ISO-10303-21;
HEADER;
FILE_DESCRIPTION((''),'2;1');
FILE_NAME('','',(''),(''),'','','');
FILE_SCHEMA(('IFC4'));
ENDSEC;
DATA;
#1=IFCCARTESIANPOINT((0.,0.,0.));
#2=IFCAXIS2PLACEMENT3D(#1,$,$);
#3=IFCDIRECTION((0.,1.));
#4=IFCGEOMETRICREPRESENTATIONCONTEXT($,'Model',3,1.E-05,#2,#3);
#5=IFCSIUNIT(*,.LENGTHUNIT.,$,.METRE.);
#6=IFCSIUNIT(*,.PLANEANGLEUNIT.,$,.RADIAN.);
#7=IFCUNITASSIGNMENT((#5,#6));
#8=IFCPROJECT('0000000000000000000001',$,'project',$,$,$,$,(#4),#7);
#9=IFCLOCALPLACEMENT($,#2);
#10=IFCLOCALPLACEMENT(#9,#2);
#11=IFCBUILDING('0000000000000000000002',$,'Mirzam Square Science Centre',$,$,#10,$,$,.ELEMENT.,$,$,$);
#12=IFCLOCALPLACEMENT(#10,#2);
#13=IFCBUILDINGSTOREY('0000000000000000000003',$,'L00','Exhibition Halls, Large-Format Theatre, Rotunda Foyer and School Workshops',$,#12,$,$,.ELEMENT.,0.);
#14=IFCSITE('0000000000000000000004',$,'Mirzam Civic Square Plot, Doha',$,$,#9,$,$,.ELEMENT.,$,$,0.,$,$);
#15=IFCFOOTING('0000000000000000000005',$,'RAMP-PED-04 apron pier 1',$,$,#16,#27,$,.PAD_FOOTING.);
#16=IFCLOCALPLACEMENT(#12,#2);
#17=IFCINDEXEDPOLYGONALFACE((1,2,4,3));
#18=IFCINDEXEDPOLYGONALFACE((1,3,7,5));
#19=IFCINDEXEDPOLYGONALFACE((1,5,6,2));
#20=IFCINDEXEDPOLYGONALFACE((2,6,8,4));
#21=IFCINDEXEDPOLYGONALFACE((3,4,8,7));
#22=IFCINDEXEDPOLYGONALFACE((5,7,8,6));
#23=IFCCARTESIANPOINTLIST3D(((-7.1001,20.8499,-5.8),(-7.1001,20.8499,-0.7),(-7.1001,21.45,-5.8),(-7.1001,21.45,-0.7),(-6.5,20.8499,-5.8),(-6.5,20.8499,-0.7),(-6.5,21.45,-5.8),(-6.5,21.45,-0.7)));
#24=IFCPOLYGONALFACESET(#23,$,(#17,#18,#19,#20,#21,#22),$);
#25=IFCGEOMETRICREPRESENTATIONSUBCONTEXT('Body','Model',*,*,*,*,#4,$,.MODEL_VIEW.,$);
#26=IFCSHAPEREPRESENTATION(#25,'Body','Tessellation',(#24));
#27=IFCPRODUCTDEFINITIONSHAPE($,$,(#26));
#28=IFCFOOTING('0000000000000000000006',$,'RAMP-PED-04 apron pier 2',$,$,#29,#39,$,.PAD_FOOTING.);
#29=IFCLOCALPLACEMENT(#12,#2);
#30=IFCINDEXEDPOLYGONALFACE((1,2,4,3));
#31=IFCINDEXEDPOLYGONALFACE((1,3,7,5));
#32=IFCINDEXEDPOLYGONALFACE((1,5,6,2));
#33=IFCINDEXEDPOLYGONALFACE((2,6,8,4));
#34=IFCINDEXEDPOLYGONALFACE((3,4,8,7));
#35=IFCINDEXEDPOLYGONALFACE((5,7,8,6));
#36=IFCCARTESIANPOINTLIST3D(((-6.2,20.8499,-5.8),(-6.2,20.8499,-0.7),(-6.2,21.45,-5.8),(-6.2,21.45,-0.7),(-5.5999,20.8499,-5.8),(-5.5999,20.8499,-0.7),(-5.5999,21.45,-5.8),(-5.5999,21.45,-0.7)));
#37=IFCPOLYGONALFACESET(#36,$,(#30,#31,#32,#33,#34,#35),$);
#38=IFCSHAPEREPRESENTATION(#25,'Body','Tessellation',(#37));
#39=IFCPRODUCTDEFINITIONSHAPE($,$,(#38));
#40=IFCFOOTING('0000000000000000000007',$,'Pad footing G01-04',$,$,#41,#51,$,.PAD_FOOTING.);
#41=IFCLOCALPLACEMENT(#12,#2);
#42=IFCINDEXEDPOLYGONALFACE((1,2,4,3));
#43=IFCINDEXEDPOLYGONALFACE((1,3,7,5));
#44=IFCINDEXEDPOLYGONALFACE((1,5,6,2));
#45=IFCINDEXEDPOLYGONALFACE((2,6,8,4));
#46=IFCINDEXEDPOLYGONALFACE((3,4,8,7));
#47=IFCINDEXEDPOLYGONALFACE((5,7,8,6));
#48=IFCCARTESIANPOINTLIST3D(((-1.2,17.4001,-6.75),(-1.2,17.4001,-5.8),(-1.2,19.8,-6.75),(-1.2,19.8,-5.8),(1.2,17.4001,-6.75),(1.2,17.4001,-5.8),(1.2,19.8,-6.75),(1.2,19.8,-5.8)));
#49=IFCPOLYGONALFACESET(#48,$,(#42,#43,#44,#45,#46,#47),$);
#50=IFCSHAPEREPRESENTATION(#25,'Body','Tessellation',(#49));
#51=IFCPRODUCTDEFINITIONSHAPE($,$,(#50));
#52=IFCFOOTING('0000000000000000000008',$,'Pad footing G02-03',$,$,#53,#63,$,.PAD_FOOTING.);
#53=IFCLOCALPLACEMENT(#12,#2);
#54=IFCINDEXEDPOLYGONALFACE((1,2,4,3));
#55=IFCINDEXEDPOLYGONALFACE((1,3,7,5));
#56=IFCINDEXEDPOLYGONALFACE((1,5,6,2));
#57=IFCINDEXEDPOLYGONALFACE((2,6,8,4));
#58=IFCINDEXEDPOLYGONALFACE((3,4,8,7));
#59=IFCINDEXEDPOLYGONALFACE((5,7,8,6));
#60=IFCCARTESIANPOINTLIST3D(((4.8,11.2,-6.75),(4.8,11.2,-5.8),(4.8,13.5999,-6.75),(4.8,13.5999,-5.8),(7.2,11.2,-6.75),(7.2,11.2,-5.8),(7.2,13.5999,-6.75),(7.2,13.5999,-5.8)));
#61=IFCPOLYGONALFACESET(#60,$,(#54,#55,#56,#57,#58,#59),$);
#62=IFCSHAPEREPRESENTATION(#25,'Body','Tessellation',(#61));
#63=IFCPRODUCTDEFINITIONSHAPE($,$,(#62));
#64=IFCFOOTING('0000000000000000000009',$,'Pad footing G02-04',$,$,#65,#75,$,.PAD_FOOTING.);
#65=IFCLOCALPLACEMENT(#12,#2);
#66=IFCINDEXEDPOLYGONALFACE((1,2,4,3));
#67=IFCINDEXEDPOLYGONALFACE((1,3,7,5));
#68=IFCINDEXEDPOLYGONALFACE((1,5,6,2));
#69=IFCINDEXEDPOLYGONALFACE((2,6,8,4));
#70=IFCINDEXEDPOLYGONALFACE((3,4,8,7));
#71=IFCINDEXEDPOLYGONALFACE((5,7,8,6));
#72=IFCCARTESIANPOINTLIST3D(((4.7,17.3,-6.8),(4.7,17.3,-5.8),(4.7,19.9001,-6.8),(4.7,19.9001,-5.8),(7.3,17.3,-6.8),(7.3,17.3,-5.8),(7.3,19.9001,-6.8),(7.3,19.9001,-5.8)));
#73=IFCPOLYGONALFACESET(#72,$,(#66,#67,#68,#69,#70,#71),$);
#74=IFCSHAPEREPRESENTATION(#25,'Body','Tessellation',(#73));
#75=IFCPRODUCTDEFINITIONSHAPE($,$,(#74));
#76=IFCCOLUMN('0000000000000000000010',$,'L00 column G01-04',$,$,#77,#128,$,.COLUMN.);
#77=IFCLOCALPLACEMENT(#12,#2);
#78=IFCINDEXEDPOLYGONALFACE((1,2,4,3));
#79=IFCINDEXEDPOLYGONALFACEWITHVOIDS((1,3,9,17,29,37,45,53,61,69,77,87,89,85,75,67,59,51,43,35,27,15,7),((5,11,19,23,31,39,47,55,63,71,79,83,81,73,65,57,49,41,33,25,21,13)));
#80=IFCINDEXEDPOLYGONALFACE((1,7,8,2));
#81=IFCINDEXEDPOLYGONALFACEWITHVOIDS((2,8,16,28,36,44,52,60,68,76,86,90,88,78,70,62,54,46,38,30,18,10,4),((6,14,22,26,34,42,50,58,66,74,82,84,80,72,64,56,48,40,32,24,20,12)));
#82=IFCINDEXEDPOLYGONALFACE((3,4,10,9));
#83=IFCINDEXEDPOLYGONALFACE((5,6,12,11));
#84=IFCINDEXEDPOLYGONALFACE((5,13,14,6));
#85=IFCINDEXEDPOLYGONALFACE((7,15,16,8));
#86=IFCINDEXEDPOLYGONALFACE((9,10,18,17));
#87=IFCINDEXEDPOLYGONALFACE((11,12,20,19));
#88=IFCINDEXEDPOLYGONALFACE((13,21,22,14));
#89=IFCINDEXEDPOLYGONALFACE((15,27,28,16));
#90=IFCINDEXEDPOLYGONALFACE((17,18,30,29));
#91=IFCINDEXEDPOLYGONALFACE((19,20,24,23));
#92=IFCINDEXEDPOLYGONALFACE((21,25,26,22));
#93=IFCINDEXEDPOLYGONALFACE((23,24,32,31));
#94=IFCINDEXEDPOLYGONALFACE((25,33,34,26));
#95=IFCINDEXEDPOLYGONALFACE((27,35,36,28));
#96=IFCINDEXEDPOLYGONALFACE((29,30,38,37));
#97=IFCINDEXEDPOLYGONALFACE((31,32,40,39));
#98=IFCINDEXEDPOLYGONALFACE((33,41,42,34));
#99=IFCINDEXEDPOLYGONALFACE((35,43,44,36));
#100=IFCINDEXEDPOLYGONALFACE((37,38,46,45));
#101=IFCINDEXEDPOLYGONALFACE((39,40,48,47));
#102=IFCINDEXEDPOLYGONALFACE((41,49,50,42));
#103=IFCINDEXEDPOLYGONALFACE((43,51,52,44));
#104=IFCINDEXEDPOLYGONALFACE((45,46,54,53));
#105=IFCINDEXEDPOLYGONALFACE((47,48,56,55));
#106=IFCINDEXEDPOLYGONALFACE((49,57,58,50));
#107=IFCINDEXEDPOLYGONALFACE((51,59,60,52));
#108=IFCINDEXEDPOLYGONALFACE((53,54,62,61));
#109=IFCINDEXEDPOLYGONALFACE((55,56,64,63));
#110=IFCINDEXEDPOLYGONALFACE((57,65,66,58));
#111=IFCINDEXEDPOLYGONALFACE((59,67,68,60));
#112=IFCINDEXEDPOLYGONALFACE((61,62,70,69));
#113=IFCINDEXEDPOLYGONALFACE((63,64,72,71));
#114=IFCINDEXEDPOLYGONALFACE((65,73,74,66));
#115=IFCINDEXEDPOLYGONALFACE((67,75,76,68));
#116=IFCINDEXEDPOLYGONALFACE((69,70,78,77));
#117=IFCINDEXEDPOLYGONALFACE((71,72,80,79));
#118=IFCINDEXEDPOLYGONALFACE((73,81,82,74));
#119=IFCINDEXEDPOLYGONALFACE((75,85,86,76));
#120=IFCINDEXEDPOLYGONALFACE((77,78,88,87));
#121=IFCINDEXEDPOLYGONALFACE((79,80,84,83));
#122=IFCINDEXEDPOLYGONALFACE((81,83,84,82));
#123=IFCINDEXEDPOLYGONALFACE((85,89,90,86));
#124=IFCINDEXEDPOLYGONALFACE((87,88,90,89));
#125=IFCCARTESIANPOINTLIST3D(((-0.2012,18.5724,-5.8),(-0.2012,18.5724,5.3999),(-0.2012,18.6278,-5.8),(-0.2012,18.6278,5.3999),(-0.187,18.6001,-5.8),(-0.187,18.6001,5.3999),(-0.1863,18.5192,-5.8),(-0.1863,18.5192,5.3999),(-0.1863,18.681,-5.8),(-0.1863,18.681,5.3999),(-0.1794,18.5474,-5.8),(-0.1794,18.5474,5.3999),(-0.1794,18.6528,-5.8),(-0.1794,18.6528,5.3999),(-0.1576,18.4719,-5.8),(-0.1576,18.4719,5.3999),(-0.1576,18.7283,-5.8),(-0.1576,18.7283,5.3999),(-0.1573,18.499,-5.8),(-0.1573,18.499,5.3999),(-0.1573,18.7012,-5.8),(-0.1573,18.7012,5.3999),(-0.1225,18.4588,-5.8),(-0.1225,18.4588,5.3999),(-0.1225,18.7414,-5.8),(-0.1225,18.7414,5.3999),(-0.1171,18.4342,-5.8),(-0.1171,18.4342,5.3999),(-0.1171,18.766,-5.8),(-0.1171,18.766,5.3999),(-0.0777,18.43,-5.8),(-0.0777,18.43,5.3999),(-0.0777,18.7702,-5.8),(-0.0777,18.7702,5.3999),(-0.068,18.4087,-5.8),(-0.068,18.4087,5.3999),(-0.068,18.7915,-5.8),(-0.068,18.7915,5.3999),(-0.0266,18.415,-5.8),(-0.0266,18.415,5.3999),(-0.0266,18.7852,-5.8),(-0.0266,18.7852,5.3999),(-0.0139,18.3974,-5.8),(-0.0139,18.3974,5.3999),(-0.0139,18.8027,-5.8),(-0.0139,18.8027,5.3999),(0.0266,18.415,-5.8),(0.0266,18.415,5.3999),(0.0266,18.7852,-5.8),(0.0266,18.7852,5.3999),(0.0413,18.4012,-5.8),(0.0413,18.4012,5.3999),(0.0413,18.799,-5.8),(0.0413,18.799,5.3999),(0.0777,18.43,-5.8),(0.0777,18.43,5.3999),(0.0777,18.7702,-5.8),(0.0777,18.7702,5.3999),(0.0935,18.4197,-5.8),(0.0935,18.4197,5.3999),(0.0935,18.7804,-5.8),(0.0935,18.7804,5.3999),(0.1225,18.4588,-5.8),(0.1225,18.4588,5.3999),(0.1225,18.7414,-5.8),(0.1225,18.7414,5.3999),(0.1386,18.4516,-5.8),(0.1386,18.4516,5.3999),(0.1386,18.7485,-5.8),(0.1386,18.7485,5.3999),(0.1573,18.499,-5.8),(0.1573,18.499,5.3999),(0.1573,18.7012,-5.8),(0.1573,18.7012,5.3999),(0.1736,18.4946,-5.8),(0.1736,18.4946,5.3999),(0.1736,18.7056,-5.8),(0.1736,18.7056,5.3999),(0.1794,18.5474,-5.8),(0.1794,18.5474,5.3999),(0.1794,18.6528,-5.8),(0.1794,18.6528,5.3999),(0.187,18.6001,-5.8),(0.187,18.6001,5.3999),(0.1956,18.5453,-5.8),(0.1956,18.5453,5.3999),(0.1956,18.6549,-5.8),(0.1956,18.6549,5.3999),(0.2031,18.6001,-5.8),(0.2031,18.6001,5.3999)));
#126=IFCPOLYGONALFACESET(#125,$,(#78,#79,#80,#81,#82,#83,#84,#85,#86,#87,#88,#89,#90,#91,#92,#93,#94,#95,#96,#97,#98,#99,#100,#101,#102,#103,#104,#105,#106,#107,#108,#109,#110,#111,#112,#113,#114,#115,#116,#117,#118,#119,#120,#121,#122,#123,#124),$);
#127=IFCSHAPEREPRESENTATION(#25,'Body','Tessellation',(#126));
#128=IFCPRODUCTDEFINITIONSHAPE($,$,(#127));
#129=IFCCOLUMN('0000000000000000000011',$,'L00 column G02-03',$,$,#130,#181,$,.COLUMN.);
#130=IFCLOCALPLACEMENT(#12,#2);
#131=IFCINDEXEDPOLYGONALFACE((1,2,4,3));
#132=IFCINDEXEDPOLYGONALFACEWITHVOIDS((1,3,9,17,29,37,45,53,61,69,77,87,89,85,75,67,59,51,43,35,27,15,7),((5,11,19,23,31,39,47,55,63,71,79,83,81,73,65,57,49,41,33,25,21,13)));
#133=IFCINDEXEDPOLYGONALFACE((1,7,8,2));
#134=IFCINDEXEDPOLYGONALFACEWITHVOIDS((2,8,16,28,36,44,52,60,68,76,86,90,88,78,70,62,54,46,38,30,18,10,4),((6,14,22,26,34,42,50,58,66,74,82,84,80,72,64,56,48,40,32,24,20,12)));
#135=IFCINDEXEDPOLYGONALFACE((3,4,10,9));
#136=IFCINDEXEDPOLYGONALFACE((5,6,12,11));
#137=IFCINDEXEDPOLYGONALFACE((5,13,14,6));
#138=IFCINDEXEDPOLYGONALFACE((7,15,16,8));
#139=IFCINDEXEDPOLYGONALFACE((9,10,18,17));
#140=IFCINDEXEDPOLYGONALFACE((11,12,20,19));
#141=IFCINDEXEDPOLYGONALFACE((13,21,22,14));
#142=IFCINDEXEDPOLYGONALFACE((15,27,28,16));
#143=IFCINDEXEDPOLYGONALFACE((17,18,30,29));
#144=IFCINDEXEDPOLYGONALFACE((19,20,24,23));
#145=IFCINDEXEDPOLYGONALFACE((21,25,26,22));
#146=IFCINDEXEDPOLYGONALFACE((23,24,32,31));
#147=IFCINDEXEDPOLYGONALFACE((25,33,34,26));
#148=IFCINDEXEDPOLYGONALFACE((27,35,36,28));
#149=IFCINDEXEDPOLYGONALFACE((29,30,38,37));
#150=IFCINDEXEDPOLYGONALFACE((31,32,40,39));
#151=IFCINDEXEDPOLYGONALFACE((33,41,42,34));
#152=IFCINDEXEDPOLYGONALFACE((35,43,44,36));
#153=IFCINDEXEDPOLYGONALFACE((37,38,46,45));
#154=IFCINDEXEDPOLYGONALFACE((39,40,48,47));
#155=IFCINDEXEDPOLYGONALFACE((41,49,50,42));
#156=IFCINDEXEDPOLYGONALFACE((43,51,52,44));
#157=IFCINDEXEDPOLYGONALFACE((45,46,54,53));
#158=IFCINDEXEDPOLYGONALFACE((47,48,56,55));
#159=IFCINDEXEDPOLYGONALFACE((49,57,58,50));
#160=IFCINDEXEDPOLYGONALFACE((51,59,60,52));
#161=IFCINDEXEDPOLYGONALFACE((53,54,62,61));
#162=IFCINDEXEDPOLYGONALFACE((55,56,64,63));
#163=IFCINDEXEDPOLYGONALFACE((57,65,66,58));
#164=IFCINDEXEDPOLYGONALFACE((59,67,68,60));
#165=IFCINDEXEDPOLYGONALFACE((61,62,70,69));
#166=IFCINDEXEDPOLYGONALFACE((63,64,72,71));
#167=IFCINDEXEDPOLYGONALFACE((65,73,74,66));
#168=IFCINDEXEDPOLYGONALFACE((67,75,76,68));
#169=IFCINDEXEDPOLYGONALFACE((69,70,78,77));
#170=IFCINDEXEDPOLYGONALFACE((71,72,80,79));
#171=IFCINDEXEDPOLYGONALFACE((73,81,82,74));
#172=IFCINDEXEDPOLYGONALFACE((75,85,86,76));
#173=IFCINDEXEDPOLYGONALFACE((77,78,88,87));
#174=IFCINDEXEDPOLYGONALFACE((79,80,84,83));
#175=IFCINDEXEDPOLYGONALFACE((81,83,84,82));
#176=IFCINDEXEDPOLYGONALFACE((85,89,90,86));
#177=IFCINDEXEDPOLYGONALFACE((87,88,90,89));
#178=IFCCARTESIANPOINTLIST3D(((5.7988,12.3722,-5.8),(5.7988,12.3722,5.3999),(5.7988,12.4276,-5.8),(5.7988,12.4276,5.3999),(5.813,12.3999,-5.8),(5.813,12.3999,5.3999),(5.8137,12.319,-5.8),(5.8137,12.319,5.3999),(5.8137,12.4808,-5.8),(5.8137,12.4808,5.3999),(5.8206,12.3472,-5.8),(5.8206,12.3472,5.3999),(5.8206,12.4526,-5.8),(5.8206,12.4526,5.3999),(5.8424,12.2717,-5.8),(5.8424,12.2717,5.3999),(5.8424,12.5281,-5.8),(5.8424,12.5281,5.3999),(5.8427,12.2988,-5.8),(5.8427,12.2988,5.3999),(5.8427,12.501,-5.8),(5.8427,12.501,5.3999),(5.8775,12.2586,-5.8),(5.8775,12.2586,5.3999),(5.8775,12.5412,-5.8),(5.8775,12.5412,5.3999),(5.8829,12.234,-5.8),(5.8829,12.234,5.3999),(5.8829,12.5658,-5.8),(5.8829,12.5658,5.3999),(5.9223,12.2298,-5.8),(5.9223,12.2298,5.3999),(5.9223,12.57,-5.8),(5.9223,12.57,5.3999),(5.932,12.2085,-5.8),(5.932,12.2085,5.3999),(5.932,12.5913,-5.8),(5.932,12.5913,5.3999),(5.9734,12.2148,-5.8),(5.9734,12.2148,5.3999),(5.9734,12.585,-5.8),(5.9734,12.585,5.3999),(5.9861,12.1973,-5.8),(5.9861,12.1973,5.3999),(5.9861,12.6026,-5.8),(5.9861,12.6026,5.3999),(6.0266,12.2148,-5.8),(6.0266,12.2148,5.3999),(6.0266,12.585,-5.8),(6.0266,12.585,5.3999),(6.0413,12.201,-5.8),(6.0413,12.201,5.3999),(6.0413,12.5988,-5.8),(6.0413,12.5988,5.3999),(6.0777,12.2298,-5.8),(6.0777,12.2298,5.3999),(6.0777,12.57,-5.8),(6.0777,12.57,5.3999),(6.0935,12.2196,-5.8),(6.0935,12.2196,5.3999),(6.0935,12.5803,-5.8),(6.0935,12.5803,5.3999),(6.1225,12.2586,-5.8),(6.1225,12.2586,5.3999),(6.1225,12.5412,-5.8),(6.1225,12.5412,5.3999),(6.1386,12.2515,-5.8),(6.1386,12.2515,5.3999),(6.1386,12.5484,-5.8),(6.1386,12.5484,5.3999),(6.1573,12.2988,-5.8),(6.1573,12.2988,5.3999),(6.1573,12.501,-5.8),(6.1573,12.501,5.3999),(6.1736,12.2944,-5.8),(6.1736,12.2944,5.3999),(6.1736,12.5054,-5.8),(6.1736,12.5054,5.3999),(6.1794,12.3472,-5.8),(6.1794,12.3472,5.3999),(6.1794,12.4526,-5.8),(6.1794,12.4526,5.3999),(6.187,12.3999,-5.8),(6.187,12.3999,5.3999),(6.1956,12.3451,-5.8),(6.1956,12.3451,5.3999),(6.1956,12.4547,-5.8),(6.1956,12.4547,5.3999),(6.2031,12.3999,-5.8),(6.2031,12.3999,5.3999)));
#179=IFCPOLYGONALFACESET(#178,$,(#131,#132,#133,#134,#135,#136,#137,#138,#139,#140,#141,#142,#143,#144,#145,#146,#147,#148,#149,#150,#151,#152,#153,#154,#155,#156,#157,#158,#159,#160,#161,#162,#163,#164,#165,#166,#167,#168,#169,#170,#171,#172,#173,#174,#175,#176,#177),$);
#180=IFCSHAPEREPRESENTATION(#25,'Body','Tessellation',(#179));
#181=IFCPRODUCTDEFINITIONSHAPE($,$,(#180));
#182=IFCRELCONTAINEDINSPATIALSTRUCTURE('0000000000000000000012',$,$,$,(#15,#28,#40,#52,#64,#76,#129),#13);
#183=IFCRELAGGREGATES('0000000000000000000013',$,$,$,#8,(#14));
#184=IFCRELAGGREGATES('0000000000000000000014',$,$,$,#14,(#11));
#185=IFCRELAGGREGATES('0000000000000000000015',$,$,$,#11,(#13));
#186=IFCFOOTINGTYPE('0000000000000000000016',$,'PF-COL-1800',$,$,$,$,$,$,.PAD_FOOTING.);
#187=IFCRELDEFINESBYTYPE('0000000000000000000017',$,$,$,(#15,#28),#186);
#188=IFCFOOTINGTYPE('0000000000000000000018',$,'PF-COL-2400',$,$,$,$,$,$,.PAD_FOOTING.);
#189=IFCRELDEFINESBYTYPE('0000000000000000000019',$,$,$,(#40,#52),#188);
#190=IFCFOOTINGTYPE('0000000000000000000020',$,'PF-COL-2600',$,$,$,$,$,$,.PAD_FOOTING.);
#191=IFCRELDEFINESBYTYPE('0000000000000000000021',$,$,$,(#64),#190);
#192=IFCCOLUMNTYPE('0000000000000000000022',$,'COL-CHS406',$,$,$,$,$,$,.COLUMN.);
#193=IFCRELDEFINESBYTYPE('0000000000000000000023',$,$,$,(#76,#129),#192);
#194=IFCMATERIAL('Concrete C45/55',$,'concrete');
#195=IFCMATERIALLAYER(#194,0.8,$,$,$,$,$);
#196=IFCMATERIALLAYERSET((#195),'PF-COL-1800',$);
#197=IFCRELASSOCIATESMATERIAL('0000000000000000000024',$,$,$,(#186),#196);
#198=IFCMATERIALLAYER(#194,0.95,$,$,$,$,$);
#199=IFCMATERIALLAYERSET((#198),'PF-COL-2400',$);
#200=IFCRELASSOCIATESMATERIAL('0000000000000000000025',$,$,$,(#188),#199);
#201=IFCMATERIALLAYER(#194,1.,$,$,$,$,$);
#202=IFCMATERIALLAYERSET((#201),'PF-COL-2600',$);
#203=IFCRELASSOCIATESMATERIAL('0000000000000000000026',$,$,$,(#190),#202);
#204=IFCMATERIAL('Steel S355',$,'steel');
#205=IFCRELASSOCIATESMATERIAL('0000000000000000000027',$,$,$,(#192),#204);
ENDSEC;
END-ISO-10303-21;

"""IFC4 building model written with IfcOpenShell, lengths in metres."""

from ifc_helpers import new_model, si_unit, direction, frame, origin, origin_2d, place, context, subcontext, project, spatial, rectangle, hollow_circle, extrude, material, layer, layer_set, material_profile, profile_set, type_object, element, save


model = new_model("IFC4")

# Units and contexts
model_context = context("Model", 3, precision=1e-05, world=origin(), true_north=direction((0.0, 1.0)))
body_context = subcontext(model_context, "Body", "Model", "MODEL_VIEW")
ifc_project = project(units=[si_unit("LENGTHUNIT", "METRE"), si_unit("PLANEANGLEUNIT", "RADIAN")], contexts=[model_context])

# Site, building, storey
site_placement = place(None, origin())
site = spatial("IfcSite", under=ifc_project, at=site_placement, Name="Mirzam Civic Square Plot, Doha", CompositionType="ELEMENT", RefElevation=0.0)
building_placement = place(site_placement, origin())
building = spatial("IfcBuilding", under=site, at=building_placement, Name="Mirzam Square Science Centre", CompositionType="ELEMENT")
storey_placement = place(building_placement, origin())
storey = spatial("IfcBuildingStorey", under=building, at=storey_placement, Name="L00", Description="Exhibition Halls, Large-Format Theatre, Rotunda Foyer and School Workshops", CompositionType="ELEMENT", Elevation=0.0)

# Footings
ifc_material_1 = material(Name="Concrete C45/55", Category="concrete")
ifc_layer_1 = layer(ifc_material_1, 0.8)
ifc_layer_set_1 = layer_set([ifc_layer_1], Name="PF-COL-1800")
footing_type_1 = type_object("IfcFootingType", Name="PF-COL-1800", PredefinedType="PAD_FOOTING", material=ifc_layer_set_1)
for number, where, z_axis, x_axis, name in (
    (1, (-6.8, 21.1499, -5.8), (0.0, 0.0, 1.0), (1.0, 0.0, 0.0), "RAMP-PED-04 apron pier 1"),
    (2, (-5.8999, 21.1499, -5.8), (0.0, 0.0, 1.0), (1.0, 0.0, 0.0), "RAMP-PED-04 apron pier 2"),
):
    element("IfcFooting", number, at=place(storey_placement, frame(where, z_axis=z_axis, x_axis=x_axis)), inside=storey, type_object=footing_type_1, Name=name, PredefinedType="PAD_FOOTING", context=body_context, shape_type="SweptSolid", body=[
        extrude(rectangle(XDim=0.6001, YDim=0.6001, at=origin_2d()), origin(), (0.0, 0.0, 1.0), 5.1001),
    ])
ifc_layer_2 = layer(ifc_material_1, 0.95)
ifc_layer_set_2 = layer_set([ifc_layer_2], Name="PF-COL-2400")
footing_type_2 = type_object("IfcFootingType", Name="PF-COL-2400", PredefinedType="PAD_FOOTING", material=ifc_layer_set_2)
for number, where, z_axis, x_axis, name in (
    (3, (0.0, 18.6001, -6.75), (0.0, 0.0, 1.0), (1.0, 0.0, 0.0), "Pad footing G01-04"),
    (4, (6.0, 12.3999, -6.75), (0.0, 0.0, 1.0), (1.0, 0.0, 0.0), "Pad footing G02-03"),
):
    element("IfcFooting", number, at=place(storey_placement, frame(where, z_axis=z_axis, x_axis=x_axis)), inside=storey, type_object=footing_type_2, Name=name, PredefinedType="PAD_FOOTING", context=body_context, shape_type="SweptSolid", body=[
        extrude(rectangle(XDim=2.3999, YDim=2.3999, at=origin_2d()), origin(), (0.0, 0.0, 1.0), 0.95),
    ])
ifc_layer_3 = layer(ifc_material_1, 1.0)
ifc_layer_set_3 = layer_set([ifc_layer_3], Name="PF-COL-2600")
footing_type_3 = type_object("IfcFootingType", Name="PF-COL-2600", PredefinedType="PAD_FOOTING", material=ifc_layer_set_3)
footing_placement = place(storey_placement, frame((6.0, 18.6001, -6.8), z_axis=(0.0, 0.0, 1.0), x_axis=(1.0, 0.0, 0.0)))
element("IfcFooting", 5, at=footing_placement, inside=storey, type_object=footing_type_3, Name="Pad footing G02-04", PredefinedType="PAD_FOOTING", context=body_context, shape_type="SweptSolid", body=[
    extrude(rectangle(XDim=2.6001, YDim=2.6001, at=origin_2d()), origin(), (0.0, 0.0, 1.0), 1.0),
])

# Columns
ifc_material_2 = material(Name="Steel S355", Category="steel")
ifc_material_profile_1 = material_profile(ifc_material_2, hollow_circle(Radius=0.2031, WallThickness=0.0161, at=origin_2d()), Name="406.4x16.0CHS")
ifc_profile_set_1 = profile_set([ifc_material_profile_1], Name="Steel S355")
column_type_1 = type_object("IfcColumnType", Name="COL-CHS406", PredefinedType="COLUMN", material=ifc_profile_set_1)
for number, where, z_axis, x_axis, name in (
    (6, (0.0, 18.6001, -5.8), (0.0, 0.0, 1.0), (1.0, 0.0, 0.0), "L00 column G01-04"),
    (7, (6.0, 12.3999, -5.8), (0.0, 0.0, 1.0), (1.0, 0.0, 0.0), "L00 column G02-03"),
):
    element("IfcColumn", number, at=place(storey_placement, frame(where, z_axis=z_axis, x_axis=x_axis)), inside=storey, type_object=column_type_1, Name=name, PredefinedType="COLUMN", context=body_context, shape_type="SweptSolid", body=[
        extrude(hollow_circle(Radius=0.2031, WallThickness=0.0161, at=origin_2d()), origin(), (0.0, 0.0, 1.0), 11.2),
    ])

save(model, "model.ifc")
